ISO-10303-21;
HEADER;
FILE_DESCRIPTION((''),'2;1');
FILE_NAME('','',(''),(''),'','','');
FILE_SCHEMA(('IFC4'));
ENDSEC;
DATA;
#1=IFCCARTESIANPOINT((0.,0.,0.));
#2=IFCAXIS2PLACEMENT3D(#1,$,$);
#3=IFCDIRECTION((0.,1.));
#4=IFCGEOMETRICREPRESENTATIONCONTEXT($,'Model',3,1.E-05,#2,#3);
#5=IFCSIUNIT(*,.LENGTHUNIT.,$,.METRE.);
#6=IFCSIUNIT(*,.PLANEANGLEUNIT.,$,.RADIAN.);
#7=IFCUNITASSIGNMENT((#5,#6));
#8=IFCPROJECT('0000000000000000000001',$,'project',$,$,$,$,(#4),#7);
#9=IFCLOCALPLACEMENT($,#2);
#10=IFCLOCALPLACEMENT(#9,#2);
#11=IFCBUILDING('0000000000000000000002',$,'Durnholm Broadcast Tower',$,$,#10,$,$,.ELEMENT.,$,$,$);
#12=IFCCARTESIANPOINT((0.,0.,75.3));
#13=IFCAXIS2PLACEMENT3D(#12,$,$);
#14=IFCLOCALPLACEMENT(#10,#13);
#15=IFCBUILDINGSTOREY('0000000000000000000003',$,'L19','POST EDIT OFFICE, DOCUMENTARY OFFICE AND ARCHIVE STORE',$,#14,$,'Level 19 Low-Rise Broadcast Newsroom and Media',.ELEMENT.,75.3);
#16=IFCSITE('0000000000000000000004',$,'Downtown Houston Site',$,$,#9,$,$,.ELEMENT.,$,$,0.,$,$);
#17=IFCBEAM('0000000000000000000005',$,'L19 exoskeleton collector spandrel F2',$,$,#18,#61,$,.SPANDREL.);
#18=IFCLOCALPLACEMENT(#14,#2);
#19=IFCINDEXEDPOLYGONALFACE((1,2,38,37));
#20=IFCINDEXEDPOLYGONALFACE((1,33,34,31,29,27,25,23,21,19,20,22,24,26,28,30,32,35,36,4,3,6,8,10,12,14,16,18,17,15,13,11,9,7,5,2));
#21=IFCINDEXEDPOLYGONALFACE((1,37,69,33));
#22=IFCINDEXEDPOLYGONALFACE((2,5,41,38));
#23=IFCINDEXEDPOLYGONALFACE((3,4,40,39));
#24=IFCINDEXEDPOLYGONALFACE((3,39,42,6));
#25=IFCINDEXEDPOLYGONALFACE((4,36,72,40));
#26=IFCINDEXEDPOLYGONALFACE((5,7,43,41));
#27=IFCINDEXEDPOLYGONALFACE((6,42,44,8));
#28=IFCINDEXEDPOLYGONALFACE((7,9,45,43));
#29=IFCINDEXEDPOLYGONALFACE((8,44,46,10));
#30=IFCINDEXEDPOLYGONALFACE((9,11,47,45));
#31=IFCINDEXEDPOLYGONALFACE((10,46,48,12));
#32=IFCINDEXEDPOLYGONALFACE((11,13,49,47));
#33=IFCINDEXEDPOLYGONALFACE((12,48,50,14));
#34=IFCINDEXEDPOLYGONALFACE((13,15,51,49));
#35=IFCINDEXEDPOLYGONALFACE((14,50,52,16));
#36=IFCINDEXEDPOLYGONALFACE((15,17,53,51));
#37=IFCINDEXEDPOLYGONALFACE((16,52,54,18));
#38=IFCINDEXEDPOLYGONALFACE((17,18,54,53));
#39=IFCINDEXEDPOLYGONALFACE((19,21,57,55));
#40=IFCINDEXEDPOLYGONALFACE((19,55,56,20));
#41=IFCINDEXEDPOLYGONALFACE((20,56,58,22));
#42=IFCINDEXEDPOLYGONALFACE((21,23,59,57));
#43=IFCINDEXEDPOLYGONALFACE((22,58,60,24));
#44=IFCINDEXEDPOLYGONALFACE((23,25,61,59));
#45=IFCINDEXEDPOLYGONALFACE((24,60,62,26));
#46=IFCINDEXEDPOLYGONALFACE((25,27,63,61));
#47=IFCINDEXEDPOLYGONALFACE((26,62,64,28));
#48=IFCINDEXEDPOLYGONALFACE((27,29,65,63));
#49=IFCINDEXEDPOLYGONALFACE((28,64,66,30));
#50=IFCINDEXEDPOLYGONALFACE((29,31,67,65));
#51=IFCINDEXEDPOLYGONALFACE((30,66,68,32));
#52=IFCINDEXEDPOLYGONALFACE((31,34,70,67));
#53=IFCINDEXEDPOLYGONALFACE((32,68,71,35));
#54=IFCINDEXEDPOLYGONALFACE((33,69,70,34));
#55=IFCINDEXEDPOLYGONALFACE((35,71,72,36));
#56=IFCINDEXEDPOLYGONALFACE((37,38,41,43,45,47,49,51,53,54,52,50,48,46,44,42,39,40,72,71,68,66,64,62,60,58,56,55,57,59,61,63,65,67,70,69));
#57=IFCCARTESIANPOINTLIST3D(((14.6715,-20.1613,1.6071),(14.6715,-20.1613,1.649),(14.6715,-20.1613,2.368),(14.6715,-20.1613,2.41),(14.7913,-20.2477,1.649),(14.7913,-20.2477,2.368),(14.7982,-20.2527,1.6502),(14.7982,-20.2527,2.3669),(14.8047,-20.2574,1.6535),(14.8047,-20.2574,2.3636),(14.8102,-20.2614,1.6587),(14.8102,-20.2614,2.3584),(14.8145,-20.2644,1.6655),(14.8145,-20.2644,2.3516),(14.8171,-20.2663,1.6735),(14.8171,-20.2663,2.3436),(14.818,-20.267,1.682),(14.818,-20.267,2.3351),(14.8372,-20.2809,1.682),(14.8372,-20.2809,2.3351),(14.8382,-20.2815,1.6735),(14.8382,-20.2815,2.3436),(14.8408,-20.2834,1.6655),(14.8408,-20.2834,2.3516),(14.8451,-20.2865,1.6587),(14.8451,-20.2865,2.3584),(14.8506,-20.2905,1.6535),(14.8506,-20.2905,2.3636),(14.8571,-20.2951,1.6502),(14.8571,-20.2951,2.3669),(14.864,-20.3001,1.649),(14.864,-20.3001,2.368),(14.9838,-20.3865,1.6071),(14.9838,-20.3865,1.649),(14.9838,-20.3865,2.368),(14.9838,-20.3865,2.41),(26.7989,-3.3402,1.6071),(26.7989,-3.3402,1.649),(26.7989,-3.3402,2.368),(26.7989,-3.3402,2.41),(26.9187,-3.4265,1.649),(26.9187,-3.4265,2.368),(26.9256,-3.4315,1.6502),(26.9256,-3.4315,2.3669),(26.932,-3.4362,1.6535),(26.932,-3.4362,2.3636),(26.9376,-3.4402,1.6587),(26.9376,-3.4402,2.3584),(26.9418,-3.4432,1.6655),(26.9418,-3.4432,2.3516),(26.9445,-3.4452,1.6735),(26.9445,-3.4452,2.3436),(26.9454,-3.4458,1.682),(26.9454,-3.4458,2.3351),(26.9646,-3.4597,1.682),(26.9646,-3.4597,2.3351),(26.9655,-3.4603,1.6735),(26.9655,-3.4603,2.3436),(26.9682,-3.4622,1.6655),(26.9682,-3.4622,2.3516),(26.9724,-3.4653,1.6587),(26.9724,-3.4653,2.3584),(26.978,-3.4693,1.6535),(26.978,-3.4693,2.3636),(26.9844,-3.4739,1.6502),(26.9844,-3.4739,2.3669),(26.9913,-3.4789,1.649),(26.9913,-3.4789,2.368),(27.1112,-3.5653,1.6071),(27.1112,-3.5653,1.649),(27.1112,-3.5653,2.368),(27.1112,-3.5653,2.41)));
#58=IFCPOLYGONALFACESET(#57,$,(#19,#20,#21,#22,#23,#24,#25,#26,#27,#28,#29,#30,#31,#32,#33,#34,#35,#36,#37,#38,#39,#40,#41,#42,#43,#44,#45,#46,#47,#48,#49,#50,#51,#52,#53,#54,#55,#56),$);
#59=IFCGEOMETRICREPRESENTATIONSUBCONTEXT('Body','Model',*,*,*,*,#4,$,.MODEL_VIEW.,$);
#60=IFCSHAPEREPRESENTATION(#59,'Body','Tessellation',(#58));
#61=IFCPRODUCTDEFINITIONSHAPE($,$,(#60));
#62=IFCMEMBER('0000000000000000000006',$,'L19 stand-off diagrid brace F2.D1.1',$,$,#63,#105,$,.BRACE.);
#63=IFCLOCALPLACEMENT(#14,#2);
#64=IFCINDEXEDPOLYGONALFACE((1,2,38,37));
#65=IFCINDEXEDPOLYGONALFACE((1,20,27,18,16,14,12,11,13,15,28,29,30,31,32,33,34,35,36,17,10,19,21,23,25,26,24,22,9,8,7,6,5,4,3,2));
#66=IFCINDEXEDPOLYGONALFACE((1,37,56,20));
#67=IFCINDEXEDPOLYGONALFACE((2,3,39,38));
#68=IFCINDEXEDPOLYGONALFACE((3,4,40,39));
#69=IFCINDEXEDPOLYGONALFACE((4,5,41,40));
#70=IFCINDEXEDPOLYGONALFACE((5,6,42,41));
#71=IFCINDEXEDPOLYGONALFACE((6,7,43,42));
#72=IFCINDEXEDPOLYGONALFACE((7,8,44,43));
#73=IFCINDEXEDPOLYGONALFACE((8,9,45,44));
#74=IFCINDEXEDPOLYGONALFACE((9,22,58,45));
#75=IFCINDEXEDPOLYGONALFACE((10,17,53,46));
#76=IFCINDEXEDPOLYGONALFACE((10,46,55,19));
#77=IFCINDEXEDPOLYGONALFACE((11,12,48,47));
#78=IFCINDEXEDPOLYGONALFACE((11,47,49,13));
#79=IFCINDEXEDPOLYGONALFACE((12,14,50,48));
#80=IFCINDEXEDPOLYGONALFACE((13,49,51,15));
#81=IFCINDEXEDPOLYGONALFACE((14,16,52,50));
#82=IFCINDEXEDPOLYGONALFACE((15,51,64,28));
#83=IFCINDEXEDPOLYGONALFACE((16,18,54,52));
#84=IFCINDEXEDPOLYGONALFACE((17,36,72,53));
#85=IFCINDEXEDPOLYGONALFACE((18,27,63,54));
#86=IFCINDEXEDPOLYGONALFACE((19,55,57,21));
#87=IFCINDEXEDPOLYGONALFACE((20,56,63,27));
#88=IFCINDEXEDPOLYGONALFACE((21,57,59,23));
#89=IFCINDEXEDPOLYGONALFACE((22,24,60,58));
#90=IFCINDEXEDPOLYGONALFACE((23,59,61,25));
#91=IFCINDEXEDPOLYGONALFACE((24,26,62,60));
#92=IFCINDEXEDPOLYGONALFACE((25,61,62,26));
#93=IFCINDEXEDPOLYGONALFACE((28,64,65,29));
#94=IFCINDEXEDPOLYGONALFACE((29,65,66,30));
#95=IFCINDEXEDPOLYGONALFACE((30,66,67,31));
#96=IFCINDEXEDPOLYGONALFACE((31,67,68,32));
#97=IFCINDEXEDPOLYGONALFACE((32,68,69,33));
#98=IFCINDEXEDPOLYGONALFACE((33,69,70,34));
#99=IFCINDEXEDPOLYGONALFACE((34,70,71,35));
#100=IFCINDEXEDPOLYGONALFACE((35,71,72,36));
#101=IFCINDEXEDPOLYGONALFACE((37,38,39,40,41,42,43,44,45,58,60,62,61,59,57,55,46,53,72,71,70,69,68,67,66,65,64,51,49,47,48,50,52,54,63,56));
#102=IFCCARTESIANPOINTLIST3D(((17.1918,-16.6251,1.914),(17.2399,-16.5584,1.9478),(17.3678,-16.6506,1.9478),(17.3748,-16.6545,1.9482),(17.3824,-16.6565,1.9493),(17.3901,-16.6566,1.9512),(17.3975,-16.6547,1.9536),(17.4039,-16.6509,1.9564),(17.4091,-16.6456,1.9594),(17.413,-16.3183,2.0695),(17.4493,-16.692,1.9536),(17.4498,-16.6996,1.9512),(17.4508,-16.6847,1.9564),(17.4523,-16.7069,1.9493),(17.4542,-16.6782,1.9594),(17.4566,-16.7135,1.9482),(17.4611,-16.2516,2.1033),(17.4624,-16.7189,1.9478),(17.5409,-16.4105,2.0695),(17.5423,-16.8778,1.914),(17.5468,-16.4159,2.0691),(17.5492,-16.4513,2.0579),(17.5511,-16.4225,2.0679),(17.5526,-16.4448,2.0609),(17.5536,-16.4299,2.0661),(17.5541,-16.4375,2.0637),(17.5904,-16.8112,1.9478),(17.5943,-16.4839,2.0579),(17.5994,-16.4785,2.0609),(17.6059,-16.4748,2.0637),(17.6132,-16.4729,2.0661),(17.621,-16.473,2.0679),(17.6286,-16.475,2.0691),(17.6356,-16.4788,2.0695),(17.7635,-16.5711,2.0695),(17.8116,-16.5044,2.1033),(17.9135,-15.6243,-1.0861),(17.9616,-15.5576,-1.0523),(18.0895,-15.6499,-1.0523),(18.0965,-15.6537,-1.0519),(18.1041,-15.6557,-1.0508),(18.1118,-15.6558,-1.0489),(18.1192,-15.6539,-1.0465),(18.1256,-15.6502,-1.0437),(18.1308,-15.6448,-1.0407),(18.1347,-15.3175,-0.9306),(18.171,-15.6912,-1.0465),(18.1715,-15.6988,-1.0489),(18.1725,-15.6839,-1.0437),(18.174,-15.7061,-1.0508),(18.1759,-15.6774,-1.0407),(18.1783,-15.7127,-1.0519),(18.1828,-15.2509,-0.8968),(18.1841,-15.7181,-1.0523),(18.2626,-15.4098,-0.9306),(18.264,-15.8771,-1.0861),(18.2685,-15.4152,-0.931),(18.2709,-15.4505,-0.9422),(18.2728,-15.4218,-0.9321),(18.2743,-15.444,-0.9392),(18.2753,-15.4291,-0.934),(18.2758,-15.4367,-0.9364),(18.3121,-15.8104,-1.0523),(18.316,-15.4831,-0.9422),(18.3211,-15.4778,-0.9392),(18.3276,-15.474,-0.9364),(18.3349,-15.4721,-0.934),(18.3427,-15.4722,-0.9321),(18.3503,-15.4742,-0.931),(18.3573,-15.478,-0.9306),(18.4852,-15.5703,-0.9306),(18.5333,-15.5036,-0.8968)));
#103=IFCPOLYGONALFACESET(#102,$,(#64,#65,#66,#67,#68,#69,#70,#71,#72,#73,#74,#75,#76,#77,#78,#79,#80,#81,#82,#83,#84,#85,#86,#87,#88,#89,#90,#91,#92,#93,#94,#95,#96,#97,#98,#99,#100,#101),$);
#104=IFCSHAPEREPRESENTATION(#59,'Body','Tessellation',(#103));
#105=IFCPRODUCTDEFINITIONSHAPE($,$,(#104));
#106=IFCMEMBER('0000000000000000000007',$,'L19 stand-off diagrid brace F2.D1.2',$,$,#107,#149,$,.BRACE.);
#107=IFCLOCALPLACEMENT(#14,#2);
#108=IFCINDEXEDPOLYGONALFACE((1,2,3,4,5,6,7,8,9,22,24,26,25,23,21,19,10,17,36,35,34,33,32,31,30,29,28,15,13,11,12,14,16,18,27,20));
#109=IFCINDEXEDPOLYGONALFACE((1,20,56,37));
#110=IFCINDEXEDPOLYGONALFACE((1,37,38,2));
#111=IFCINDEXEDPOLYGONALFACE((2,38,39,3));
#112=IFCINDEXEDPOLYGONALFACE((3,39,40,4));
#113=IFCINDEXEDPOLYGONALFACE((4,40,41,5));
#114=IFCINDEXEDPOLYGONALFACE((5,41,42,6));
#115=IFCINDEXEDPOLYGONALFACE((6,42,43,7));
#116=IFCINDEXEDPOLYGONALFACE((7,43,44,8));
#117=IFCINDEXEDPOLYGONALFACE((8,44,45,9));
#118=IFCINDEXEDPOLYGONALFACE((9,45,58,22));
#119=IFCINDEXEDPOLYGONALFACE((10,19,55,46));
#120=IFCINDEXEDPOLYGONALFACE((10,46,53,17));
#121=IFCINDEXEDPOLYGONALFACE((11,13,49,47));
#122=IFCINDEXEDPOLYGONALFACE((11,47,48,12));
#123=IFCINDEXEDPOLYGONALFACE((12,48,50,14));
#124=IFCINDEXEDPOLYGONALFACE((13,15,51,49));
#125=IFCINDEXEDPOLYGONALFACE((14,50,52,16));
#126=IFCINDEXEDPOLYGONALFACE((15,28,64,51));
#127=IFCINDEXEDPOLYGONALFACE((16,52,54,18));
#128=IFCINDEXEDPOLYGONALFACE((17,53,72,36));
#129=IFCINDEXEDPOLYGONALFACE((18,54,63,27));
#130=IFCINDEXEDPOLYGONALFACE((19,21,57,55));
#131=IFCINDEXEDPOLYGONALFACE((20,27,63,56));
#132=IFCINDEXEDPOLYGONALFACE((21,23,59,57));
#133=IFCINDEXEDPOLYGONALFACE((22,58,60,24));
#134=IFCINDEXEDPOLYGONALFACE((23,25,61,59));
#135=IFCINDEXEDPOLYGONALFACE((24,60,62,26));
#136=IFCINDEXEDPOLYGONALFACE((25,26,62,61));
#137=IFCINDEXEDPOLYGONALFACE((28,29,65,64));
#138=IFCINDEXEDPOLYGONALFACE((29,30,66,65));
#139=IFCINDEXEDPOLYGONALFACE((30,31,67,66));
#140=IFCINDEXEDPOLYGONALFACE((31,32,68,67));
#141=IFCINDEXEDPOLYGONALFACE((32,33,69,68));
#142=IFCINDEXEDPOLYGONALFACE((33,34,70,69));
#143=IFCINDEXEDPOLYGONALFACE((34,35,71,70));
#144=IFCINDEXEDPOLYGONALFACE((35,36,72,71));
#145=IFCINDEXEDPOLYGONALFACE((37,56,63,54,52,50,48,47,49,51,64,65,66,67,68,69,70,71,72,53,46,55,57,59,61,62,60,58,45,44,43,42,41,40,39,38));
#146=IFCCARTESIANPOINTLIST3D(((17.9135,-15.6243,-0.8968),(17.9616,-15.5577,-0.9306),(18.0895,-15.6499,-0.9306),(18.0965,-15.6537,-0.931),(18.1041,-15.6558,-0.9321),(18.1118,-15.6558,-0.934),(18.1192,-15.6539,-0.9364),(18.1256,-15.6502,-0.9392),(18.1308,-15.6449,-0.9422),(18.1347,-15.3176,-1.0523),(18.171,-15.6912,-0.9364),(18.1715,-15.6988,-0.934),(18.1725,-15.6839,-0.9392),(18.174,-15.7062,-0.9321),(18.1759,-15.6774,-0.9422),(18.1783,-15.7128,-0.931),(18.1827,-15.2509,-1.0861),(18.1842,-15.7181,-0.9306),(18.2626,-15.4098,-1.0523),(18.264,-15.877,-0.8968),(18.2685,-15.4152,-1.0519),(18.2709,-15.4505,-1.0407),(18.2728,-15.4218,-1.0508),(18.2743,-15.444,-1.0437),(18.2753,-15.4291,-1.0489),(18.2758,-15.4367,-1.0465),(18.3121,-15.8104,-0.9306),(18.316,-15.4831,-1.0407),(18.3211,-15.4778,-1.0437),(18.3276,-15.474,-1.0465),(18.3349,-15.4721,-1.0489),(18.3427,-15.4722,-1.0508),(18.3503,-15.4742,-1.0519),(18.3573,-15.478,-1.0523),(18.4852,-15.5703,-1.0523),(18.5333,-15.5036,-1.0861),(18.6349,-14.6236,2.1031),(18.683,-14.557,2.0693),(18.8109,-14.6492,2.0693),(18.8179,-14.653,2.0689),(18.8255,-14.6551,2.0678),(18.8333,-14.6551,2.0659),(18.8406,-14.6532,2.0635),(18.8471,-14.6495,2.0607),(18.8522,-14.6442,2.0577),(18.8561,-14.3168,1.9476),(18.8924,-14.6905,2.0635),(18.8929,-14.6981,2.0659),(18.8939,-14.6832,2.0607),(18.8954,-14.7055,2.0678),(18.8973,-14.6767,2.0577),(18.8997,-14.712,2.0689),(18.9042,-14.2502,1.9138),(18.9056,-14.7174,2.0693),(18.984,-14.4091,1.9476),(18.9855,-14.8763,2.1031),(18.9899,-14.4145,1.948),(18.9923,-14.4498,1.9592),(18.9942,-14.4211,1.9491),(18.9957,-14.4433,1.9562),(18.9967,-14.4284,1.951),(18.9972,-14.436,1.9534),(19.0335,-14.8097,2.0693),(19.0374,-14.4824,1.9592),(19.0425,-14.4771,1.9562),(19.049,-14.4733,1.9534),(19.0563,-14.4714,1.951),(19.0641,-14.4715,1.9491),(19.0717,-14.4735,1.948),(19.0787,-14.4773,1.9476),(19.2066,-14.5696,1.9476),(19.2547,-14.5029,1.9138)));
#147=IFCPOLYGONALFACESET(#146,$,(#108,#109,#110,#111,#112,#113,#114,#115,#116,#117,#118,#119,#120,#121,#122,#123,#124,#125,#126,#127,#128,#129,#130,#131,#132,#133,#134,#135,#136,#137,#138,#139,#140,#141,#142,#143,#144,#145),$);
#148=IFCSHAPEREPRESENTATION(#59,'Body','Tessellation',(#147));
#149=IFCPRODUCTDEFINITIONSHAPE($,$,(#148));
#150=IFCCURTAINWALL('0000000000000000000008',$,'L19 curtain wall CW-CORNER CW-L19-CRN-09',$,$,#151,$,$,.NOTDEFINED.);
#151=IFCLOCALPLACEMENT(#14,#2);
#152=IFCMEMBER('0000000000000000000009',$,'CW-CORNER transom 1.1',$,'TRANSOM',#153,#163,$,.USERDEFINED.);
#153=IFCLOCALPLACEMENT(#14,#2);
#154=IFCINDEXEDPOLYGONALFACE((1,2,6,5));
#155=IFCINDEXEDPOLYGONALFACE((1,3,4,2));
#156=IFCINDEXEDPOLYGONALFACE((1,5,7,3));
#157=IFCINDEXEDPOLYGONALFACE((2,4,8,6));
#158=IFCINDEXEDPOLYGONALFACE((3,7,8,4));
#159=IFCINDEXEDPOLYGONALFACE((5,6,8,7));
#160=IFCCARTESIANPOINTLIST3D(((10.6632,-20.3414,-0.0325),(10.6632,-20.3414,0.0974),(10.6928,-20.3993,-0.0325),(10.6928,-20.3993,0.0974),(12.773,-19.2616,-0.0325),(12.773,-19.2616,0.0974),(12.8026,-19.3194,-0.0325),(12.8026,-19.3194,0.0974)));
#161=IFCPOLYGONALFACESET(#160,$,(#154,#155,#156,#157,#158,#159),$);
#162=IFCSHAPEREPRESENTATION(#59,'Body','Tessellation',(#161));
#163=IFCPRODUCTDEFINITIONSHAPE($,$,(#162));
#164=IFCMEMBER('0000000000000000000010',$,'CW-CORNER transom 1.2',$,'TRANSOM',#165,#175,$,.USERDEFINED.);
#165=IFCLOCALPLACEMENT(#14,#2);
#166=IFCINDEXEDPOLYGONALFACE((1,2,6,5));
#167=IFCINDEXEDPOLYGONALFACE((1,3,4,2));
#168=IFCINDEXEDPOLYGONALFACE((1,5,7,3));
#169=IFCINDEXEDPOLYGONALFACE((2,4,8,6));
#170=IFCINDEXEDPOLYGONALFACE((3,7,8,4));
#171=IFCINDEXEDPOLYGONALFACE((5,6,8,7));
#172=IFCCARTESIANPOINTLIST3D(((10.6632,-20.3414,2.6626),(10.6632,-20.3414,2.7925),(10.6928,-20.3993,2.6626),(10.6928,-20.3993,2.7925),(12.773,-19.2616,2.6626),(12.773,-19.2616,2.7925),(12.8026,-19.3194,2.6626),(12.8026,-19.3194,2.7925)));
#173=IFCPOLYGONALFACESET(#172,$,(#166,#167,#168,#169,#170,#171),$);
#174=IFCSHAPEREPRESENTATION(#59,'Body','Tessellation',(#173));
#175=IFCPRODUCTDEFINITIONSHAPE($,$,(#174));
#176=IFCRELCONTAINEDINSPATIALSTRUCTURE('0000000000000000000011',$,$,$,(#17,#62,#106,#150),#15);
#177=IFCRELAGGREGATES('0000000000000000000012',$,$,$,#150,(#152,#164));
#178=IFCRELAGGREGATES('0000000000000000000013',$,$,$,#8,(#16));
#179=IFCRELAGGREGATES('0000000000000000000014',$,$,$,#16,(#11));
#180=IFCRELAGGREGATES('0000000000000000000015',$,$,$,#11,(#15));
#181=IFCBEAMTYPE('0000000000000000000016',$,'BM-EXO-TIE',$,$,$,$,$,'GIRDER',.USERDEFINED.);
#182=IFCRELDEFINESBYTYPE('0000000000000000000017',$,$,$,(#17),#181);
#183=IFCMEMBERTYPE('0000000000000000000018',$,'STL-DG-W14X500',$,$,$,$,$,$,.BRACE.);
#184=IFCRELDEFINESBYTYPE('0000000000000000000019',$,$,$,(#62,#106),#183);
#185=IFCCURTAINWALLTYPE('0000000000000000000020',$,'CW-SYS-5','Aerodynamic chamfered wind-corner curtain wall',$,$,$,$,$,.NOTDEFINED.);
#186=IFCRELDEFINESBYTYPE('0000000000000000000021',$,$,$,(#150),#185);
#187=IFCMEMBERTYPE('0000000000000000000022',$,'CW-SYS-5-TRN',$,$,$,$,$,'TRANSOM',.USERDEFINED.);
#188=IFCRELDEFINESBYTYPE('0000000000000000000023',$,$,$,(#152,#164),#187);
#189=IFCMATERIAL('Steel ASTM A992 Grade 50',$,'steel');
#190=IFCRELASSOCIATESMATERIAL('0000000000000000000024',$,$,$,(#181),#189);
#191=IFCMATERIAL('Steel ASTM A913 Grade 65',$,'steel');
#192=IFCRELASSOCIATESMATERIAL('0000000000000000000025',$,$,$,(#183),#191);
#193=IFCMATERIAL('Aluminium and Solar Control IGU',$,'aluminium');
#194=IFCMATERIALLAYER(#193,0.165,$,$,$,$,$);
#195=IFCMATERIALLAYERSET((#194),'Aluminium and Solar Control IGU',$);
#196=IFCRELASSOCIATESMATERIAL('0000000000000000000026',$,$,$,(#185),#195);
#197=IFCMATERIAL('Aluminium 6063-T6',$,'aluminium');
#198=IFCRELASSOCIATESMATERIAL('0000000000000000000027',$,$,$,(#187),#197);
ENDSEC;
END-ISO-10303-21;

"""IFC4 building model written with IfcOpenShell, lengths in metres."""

from ifc_helpers import new_model, si_unit, direction, frame, origin, origin_2d, place, context, subcontext, project, spatial, rectangle, i_section, extrude, source, transform, mapped, material, layer, layer_set, material_profile, profile_set, type_object, type_shapes, element, aggregate, save


model = new_model("IFC4")

# Units and contexts
model_context = context("Model", 3, precision=1e-05, world=origin(), true_north=direction((0.0, 1.0)))
body_context = subcontext(model_context, "Body", "Model", "MODEL_VIEW")
ifc_project = project(units=[si_unit("LENGTHUNIT", "METRE"), si_unit("PLANEANGLEUNIT", "RADIAN")], contexts=[model_context])

# Site, building, storey
site_placement = place(None, origin())
site = spatial("IfcSite", under=ifc_project, at=site_placement, Name="Downtown Houston Site", CompositionType="ELEMENT", RefElevation=0.0)
building_placement = place(site_placement, origin())
building = spatial("IfcBuilding", under=site, at=building_placement, Name="Durnholm Broadcast Tower", CompositionType="ELEMENT")
storey_placement = place(building_placement, frame((0.0, 0.0, 75.3)))
storey = spatial("IfcBuildingStorey", under=building, at=storey_placement, Name="L19", Description="POST EDIT OFFICE, DOCUMENTARY OFFICE AND ARCHIVE STORE", LongName="Level 19 Low-Rise Broadcast Newsroom and Media", CompositionType="ELEMENT", Elevation=75.3)

# Beam
ifc_material_1 = material(Name="Steel ASTM A992 Grade 50", Category="steel")
ifc_material_profile_1 = material_profile(ifc_material_1, i_section(OverallWidth=0.385, OverallDepth=0.803, WebThickness=0.0237, FlangeThickness=0.042, FilletRadius=0.033, at=origin_2d()), Name="W30X261")
ifc_profile_set_1 = profile_set([ifc_material_profile_1], Name="Steel ASTM A992 Grade 50")
beam_type = type_object("IfcBeamType", Name="BM-EXO-TIE", ElementType="GIRDER", PredefinedType="USERDEFINED", material=ifc_profile_set_1)
shared_shape_1 = source(origin(), body_context, "Body", "SweptSolid", [
    extrude(i_section(OverallWidth=0.385, OverallDepth=0.803, WebThickness=0.0237, FlangeThickness=0.042, FilletRadius=0.033, at=origin_2d()), origin(), (0.0, 0.0, 1.0), 20.7371),
])
type_shapes(beam_type, [shared_shape_1])
beam_placement = place(storey_placement, frame((14.8276, -20.2739, 2.0085), z_axis=(0.584816, 0.811166, 0.0), x_axis=(-0.811166, 0.584816, 0.0)))
element("IfcBeam", 1, at=beam_placement, inside=storey, type_object=beam_type, Name="L19 exoskeleton collector spandrel F2", PredefinedType="SPANDREL", context=body_context, shape_type="MappedRepresentation", body=[
    mapped(shared_shape_1, transform((0.0, 0.0, 0.0), x_axis=(1.0, 0.0, 0.0), y_axis=(0.0, 1.0, 0.0), z_axis=(0.0, 0.0, 1.0), scale=1.0)),
])

# Members
ifc_material_2 = material(Name="Steel ASTM A913 Grade 65", Category="steel")
ifc_material_profile_2 = material_profile(ifc_material_2, i_section(OverallWidth=0.4321, OverallDepth=0.4978, WebThickness=0.0557, FlangeThickness=0.0889, FilletRadius=0.0305, at=origin_2d()), Name="W14X500")
ifc_profile_set_2 = profile_set([ifc_material_profile_2], Name="Steel ASTM A913 Grade 65")
member_type_1 = type_object("IfcMemberType", Name="STL-DG-W14X500", PredefinedType="BRACE", material=ifc_profile_set_2)
shared_shape_2 = source(origin(), body_context, "Body", "SweptSolid", [
    extrude(i_section(OverallWidth=0.4321, OverallDepth=0.4978, WebThickness=0.0557, FlangeThickness=0.0889, FilletRadius=0.0305, at=origin_2d()), origin(), (0.0, 0.0, 1.0), 3.2439),
])
member_1_placement = place(storey_placement, frame((18.2234, -15.564, -0.9915), z_axis=(-0.222479, -0.308505, 0.924839), x_axis=(0.811091, -0.58492, 0.0)))
element("IfcMember", 2, at=member_1_placement, inside=storey, type_object=member_type_1, Name="L19 stand-off diagrid brace F2.D1.1", PredefinedType="BRACE", context=body_context, shape_type="MappedRepresentation", body=[
    mapped(shared_shape_2, transform((0.0, 0.0, 0.0), x_axis=(1.0, 0.0, 0.0), y_axis=(0.0, 1.0, 0.0), z_axis=(0.0, 0.0, 1.0), scale=1.0)),
])
shared_shape_3 = source(origin(), body_context, "Body", "SweptSolid", [
    extrude(i_section(OverallWidth=0.4321, OverallDepth=0.4978, WebThickness=0.0557, FlangeThickness=0.0889, FilletRadius=0.0305, at=origin_2d()), origin(), (0.0, 0.0, 1.0), 3.2437),
])
type_shapes(member_type_1, [shared_shape_2, shared_shape_3])
member_2_placement = place(storey_placement, frame((18.2234, -15.564, -0.9915), z_axis=(0.222408, 0.308511, 0.924855), x_axis=(-0.811185, 0.584789, 0.0)))
element("IfcMember", 3, at=member_2_placement, inside=storey, type_object=member_type_1, Name="L19 stand-off diagrid brace F2.D1.2", PredefinedType="BRACE", context=body_context, shape_type="MappedRepresentation", body=[
    mapped(shared_shape_3, transform((0.0, 0.0, 0.0), x_axis=(1.0, 0.0, 0.0), y_axis=(0.0, 1.0, 0.0), z_axis=(0.0, 0.0, 1.0), scale=1.0)),
])

# Curtain wall, members
ifc_material_3 = material(Name="Aluminium and Solar Control IGU", Category="aluminium")
ifc_layer_1 = layer(ifc_material_3, 0.165)
ifc_layer_set_1 = layer_set([ifc_layer_1], Name="Aluminium and Solar Control IGU")
curtain_wall_type_1 = type_object("IfcCurtainWallType", Name="CW-SYS-5", Description="Aerodynamic chamfered wind-corner curtain wall", PredefinedType="NOTDEFINED", material=ifc_layer_set_1)
curtain_wall_1_placement = place(storey_placement, origin())
curtain_wall_1 = element("IfcCurtainWall", 4, at=curtain_wall_1_placement, inside=storey, type_object=curtain_wall_type_1, Name="L19 curtain wall CW-CORNER CW-L19-CRN-09", PredefinedType="NOTDEFINED")
ifc_material_4 = material(Name="Aluminium 6063-T6", Category="aluminium")
ifc_material_profile_3 = material_profile(ifc_material_4, rectangle(XDim=0.0649, YDim=0.1299, at=origin_2d()), Name="CWT65X130")
ifc_profile_set_3 = profile_set([ifc_material_profile_3], Name="Aluminium 6063-T6")
member_type_2 = type_object("IfcMemberType", Name="CW-SYS-5-TRN", ElementType="TRANSOM", PredefinedType="USERDEFINED", material=ifc_profile_set_3)
shared_shape_4 = source(origin(), body_context, "Body", "SweptSolid", [
    extrude(rectangle(XDim=0.0649, YDim=0.1299, at=origin_2d()), origin(), (0.0, 0.0, 1.0), 2.3701),
])
type_shapes(member_type_2, [shared_shape_4])
member_3_placement = place(storey_placement, frame((12.7878, -19.2905, 0.0325), z_axis=(-0.890185, -0.455599, 0.0), x_axis=(0.455599, -0.890185, 0.0)))
member_3 = element("IfcMember", 5, at=member_3_placement, type_object=member_type_2, Name="CW-CORNER transom 1.1", ObjectType="TRANSOM", PredefinedType="USERDEFINED", context=body_context, shape_type="MappedRepresentation", body=[
    mapped(shared_shape_4, transform((0.0, 0.0, 0.0), x_axis=(1.0, 0.0, 0.0), y_axis=(0.0, 1.0, 0.0), z_axis=(0.0, 0.0, 1.0), scale=1.0)),
])
member_4_placement = place(storey_placement, frame((12.7878, -19.2905, 2.7275), z_axis=(-0.890185, -0.455599, 0.0), x_axis=(0.455599, -0.890185, 0.0)))
member_4 = element("IfcMember", 6, at=member_4_placement, type_object=member_type_2, Name="CW-CORNER transom 1.2", ObjectType="TRANSOM", PredefinedType="USERDEFINED", context=body_context, shape_type="MappedRepresentation", body=[
    mapped(shared_shape_4, transform((0.0, 0.0, 0.0), x_axis=(1.0, 0.0, 0.0), y_axis=(0.0, 1.0, 0.0), z_axis=(0.0, 0.0, 1.0), scale=1.0)),
])

aggregate(curtain_wall_1, [member_3, member_4])

save(model, "model.ifc")
